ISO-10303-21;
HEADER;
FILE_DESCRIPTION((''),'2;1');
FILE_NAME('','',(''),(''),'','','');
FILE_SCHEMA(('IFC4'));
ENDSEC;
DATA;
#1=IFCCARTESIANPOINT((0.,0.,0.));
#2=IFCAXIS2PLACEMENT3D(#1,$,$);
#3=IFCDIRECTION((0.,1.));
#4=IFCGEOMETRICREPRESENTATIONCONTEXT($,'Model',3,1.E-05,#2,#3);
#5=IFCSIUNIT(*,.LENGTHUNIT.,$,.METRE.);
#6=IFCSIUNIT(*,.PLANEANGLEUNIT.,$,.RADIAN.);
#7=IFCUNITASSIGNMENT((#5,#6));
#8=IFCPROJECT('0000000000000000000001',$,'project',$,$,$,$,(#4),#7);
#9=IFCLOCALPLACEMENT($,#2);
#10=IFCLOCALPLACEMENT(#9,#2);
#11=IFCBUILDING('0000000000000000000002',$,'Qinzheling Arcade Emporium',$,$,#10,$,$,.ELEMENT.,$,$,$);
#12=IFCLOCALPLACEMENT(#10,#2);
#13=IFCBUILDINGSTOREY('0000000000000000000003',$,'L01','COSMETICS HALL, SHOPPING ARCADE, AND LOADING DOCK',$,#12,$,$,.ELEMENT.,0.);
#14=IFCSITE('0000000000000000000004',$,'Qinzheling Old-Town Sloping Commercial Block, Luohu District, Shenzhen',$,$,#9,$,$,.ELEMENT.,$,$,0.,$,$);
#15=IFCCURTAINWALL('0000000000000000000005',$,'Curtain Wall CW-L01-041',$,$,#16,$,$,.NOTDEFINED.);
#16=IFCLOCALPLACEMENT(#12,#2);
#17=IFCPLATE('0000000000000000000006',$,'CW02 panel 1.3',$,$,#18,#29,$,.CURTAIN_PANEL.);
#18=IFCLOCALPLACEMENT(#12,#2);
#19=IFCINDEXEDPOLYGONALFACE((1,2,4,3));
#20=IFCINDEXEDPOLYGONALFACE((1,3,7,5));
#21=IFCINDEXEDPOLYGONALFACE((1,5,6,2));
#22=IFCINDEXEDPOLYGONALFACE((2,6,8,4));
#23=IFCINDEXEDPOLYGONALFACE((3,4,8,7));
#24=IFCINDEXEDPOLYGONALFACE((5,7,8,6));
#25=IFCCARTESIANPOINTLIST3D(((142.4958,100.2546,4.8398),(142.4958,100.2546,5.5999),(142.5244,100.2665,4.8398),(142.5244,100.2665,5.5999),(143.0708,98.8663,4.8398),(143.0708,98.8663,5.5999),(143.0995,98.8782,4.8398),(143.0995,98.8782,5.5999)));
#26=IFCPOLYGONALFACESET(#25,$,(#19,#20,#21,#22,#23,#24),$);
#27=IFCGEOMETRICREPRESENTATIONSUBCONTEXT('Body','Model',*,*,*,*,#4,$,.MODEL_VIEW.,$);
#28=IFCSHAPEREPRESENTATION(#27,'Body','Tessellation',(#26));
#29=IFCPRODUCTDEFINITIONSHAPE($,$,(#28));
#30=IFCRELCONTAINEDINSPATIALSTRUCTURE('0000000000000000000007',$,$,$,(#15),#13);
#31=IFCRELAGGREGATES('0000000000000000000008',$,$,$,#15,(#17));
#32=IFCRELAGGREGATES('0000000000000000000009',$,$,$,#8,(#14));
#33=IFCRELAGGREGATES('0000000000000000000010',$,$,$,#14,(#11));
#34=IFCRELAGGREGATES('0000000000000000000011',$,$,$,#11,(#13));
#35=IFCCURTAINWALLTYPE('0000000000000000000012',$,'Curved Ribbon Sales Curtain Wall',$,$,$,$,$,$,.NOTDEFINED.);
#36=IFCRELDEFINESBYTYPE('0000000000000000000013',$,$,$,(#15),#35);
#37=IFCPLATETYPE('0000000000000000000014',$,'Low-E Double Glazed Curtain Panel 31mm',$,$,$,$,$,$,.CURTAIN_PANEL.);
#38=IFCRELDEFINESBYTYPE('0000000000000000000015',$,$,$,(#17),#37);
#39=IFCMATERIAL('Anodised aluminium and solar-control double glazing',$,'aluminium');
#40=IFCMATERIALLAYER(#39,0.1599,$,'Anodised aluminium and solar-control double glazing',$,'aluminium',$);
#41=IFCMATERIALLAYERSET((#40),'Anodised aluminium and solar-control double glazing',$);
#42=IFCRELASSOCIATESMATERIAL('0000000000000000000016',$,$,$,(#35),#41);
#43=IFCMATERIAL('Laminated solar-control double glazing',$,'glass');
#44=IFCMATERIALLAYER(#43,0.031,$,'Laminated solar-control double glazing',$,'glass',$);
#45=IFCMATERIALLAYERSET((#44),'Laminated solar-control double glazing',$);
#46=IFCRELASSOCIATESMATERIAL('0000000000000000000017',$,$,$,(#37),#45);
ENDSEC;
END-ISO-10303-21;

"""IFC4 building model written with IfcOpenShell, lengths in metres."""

from ifc_helpers import new_model, si_unit, direction, frame, origin, origin_2d, place, context, subcontext, project, spatial, rectangle, extrude, material, layer, layer_set, type_object, element, aggregate, save


model = new_model("IFC4")

# Units and contexts
model_context = context("Model", 3, precision=1e-05, world=origin(), true_north=direction((0.0, 1.0)))
body_context = subcontext(model_context, "Body", "Model", "MODEL_VIEW")
ifc_project = project(units=[si_unit("LENGTHUNIT", "METRE"), si_unit("PLANEANGLEUNIT", "RADIAN")], contexts=[model_context])

# Site, building, storey
site_placement = place(None, origin())
site = spatial("IfcSite", under=ifc_project, at=site_placement, Name="Qinzheling Old-Town Sloping Commercial Block, Luohu District, Shenzhen", CompositionType="ELEMENT", RefElevation=0.0)
building_placement = place(site_placement, origin())
building = spatial("IfcBuilding", under=site, at=building_placement, Name="Qinzheling Arcade Emporium", CompositionType="ELEMENT")
storey_placement = place(building_placement, origin())
storey = spatial("IfcBuildingStorey", under=building, at=storey_placement, Name="L01", Description="COSMETICS HALL, SHOPPING ARCADE, AND LOADING DOCK", CompositionType="ELEMENT", Elevation=0.0)

# Shared definitions
ifc_material_1 = material(Name="Anodised aluminium and solar-control double glazing", Category="aluminium")
ifc_layer_1 = layer(ifc_material_1, 0.1599, Name="Anodised aluminium and solar-control double glazing", Category="aluminium")
ifc_layer_set_1 = layer_set([ifc_layer_1], Name="Anodised aluminium and solar-control double glazing")
curtain_wall_type = type_object("IfcCurtainWallType", Name="Curved Ribbon Sales Curtain Wall", PredefinedType="NOTDEFINED", material=ifc_layer_set_1)

# Curtain wall
curtain_wall_1_placement = place(storey_placement, origin())
curtain_wall_1 = element("IfcCurtainWall", 1, at=curtain_wall_1_placement, inside=storey, type_object=curtain_wall_type, Name="Curtain Wall CW-L01-041", PredefinedType="NOTDEFINED")

# Plate
ifc_material_2 = material(Name="Laminated solar-control double glazing", Category="glass")
ifc_layer_2 = layer(ifc_material_2, 0.031, Name="Laminated solar-control double glazing", Category="glass")
ifc_layer_set_2 = layer_set([ifc_layer_2], Name="Laminated solar-control double glazing")
plate_type_1 = type_object("IfcPlateType", Name="Low-E Double Glazed Curtain Panel 31mm", PredefinedType="CURTAIN_PANEL", material=ifc_layer_set_2)
plate_1_placement = place(storey_placement, frame((142.7976, 99.5664, 4.8398), z_axis=(0.0, 0.0, 1.0), x_axis=(0.382675, -0.923883, 0.0)))
plate_1 = element("IfcPlate", 2, at=plate_1_placement, type_object=plate_type_1, Name="CW02 panel 1.3", PredefinedType="CURTAIN_PANEL", context=body_context, shape_type="SweptSolid", body=[
    extrude(rectangle(XDim=1.5027, YDim=0.031, at=origin_2d()), origin(), (0.0, 0.0, 1.0), 0.76),
])
aggregate(curtain_wall_1, [plate_1])

save(model, "model.ifc")
